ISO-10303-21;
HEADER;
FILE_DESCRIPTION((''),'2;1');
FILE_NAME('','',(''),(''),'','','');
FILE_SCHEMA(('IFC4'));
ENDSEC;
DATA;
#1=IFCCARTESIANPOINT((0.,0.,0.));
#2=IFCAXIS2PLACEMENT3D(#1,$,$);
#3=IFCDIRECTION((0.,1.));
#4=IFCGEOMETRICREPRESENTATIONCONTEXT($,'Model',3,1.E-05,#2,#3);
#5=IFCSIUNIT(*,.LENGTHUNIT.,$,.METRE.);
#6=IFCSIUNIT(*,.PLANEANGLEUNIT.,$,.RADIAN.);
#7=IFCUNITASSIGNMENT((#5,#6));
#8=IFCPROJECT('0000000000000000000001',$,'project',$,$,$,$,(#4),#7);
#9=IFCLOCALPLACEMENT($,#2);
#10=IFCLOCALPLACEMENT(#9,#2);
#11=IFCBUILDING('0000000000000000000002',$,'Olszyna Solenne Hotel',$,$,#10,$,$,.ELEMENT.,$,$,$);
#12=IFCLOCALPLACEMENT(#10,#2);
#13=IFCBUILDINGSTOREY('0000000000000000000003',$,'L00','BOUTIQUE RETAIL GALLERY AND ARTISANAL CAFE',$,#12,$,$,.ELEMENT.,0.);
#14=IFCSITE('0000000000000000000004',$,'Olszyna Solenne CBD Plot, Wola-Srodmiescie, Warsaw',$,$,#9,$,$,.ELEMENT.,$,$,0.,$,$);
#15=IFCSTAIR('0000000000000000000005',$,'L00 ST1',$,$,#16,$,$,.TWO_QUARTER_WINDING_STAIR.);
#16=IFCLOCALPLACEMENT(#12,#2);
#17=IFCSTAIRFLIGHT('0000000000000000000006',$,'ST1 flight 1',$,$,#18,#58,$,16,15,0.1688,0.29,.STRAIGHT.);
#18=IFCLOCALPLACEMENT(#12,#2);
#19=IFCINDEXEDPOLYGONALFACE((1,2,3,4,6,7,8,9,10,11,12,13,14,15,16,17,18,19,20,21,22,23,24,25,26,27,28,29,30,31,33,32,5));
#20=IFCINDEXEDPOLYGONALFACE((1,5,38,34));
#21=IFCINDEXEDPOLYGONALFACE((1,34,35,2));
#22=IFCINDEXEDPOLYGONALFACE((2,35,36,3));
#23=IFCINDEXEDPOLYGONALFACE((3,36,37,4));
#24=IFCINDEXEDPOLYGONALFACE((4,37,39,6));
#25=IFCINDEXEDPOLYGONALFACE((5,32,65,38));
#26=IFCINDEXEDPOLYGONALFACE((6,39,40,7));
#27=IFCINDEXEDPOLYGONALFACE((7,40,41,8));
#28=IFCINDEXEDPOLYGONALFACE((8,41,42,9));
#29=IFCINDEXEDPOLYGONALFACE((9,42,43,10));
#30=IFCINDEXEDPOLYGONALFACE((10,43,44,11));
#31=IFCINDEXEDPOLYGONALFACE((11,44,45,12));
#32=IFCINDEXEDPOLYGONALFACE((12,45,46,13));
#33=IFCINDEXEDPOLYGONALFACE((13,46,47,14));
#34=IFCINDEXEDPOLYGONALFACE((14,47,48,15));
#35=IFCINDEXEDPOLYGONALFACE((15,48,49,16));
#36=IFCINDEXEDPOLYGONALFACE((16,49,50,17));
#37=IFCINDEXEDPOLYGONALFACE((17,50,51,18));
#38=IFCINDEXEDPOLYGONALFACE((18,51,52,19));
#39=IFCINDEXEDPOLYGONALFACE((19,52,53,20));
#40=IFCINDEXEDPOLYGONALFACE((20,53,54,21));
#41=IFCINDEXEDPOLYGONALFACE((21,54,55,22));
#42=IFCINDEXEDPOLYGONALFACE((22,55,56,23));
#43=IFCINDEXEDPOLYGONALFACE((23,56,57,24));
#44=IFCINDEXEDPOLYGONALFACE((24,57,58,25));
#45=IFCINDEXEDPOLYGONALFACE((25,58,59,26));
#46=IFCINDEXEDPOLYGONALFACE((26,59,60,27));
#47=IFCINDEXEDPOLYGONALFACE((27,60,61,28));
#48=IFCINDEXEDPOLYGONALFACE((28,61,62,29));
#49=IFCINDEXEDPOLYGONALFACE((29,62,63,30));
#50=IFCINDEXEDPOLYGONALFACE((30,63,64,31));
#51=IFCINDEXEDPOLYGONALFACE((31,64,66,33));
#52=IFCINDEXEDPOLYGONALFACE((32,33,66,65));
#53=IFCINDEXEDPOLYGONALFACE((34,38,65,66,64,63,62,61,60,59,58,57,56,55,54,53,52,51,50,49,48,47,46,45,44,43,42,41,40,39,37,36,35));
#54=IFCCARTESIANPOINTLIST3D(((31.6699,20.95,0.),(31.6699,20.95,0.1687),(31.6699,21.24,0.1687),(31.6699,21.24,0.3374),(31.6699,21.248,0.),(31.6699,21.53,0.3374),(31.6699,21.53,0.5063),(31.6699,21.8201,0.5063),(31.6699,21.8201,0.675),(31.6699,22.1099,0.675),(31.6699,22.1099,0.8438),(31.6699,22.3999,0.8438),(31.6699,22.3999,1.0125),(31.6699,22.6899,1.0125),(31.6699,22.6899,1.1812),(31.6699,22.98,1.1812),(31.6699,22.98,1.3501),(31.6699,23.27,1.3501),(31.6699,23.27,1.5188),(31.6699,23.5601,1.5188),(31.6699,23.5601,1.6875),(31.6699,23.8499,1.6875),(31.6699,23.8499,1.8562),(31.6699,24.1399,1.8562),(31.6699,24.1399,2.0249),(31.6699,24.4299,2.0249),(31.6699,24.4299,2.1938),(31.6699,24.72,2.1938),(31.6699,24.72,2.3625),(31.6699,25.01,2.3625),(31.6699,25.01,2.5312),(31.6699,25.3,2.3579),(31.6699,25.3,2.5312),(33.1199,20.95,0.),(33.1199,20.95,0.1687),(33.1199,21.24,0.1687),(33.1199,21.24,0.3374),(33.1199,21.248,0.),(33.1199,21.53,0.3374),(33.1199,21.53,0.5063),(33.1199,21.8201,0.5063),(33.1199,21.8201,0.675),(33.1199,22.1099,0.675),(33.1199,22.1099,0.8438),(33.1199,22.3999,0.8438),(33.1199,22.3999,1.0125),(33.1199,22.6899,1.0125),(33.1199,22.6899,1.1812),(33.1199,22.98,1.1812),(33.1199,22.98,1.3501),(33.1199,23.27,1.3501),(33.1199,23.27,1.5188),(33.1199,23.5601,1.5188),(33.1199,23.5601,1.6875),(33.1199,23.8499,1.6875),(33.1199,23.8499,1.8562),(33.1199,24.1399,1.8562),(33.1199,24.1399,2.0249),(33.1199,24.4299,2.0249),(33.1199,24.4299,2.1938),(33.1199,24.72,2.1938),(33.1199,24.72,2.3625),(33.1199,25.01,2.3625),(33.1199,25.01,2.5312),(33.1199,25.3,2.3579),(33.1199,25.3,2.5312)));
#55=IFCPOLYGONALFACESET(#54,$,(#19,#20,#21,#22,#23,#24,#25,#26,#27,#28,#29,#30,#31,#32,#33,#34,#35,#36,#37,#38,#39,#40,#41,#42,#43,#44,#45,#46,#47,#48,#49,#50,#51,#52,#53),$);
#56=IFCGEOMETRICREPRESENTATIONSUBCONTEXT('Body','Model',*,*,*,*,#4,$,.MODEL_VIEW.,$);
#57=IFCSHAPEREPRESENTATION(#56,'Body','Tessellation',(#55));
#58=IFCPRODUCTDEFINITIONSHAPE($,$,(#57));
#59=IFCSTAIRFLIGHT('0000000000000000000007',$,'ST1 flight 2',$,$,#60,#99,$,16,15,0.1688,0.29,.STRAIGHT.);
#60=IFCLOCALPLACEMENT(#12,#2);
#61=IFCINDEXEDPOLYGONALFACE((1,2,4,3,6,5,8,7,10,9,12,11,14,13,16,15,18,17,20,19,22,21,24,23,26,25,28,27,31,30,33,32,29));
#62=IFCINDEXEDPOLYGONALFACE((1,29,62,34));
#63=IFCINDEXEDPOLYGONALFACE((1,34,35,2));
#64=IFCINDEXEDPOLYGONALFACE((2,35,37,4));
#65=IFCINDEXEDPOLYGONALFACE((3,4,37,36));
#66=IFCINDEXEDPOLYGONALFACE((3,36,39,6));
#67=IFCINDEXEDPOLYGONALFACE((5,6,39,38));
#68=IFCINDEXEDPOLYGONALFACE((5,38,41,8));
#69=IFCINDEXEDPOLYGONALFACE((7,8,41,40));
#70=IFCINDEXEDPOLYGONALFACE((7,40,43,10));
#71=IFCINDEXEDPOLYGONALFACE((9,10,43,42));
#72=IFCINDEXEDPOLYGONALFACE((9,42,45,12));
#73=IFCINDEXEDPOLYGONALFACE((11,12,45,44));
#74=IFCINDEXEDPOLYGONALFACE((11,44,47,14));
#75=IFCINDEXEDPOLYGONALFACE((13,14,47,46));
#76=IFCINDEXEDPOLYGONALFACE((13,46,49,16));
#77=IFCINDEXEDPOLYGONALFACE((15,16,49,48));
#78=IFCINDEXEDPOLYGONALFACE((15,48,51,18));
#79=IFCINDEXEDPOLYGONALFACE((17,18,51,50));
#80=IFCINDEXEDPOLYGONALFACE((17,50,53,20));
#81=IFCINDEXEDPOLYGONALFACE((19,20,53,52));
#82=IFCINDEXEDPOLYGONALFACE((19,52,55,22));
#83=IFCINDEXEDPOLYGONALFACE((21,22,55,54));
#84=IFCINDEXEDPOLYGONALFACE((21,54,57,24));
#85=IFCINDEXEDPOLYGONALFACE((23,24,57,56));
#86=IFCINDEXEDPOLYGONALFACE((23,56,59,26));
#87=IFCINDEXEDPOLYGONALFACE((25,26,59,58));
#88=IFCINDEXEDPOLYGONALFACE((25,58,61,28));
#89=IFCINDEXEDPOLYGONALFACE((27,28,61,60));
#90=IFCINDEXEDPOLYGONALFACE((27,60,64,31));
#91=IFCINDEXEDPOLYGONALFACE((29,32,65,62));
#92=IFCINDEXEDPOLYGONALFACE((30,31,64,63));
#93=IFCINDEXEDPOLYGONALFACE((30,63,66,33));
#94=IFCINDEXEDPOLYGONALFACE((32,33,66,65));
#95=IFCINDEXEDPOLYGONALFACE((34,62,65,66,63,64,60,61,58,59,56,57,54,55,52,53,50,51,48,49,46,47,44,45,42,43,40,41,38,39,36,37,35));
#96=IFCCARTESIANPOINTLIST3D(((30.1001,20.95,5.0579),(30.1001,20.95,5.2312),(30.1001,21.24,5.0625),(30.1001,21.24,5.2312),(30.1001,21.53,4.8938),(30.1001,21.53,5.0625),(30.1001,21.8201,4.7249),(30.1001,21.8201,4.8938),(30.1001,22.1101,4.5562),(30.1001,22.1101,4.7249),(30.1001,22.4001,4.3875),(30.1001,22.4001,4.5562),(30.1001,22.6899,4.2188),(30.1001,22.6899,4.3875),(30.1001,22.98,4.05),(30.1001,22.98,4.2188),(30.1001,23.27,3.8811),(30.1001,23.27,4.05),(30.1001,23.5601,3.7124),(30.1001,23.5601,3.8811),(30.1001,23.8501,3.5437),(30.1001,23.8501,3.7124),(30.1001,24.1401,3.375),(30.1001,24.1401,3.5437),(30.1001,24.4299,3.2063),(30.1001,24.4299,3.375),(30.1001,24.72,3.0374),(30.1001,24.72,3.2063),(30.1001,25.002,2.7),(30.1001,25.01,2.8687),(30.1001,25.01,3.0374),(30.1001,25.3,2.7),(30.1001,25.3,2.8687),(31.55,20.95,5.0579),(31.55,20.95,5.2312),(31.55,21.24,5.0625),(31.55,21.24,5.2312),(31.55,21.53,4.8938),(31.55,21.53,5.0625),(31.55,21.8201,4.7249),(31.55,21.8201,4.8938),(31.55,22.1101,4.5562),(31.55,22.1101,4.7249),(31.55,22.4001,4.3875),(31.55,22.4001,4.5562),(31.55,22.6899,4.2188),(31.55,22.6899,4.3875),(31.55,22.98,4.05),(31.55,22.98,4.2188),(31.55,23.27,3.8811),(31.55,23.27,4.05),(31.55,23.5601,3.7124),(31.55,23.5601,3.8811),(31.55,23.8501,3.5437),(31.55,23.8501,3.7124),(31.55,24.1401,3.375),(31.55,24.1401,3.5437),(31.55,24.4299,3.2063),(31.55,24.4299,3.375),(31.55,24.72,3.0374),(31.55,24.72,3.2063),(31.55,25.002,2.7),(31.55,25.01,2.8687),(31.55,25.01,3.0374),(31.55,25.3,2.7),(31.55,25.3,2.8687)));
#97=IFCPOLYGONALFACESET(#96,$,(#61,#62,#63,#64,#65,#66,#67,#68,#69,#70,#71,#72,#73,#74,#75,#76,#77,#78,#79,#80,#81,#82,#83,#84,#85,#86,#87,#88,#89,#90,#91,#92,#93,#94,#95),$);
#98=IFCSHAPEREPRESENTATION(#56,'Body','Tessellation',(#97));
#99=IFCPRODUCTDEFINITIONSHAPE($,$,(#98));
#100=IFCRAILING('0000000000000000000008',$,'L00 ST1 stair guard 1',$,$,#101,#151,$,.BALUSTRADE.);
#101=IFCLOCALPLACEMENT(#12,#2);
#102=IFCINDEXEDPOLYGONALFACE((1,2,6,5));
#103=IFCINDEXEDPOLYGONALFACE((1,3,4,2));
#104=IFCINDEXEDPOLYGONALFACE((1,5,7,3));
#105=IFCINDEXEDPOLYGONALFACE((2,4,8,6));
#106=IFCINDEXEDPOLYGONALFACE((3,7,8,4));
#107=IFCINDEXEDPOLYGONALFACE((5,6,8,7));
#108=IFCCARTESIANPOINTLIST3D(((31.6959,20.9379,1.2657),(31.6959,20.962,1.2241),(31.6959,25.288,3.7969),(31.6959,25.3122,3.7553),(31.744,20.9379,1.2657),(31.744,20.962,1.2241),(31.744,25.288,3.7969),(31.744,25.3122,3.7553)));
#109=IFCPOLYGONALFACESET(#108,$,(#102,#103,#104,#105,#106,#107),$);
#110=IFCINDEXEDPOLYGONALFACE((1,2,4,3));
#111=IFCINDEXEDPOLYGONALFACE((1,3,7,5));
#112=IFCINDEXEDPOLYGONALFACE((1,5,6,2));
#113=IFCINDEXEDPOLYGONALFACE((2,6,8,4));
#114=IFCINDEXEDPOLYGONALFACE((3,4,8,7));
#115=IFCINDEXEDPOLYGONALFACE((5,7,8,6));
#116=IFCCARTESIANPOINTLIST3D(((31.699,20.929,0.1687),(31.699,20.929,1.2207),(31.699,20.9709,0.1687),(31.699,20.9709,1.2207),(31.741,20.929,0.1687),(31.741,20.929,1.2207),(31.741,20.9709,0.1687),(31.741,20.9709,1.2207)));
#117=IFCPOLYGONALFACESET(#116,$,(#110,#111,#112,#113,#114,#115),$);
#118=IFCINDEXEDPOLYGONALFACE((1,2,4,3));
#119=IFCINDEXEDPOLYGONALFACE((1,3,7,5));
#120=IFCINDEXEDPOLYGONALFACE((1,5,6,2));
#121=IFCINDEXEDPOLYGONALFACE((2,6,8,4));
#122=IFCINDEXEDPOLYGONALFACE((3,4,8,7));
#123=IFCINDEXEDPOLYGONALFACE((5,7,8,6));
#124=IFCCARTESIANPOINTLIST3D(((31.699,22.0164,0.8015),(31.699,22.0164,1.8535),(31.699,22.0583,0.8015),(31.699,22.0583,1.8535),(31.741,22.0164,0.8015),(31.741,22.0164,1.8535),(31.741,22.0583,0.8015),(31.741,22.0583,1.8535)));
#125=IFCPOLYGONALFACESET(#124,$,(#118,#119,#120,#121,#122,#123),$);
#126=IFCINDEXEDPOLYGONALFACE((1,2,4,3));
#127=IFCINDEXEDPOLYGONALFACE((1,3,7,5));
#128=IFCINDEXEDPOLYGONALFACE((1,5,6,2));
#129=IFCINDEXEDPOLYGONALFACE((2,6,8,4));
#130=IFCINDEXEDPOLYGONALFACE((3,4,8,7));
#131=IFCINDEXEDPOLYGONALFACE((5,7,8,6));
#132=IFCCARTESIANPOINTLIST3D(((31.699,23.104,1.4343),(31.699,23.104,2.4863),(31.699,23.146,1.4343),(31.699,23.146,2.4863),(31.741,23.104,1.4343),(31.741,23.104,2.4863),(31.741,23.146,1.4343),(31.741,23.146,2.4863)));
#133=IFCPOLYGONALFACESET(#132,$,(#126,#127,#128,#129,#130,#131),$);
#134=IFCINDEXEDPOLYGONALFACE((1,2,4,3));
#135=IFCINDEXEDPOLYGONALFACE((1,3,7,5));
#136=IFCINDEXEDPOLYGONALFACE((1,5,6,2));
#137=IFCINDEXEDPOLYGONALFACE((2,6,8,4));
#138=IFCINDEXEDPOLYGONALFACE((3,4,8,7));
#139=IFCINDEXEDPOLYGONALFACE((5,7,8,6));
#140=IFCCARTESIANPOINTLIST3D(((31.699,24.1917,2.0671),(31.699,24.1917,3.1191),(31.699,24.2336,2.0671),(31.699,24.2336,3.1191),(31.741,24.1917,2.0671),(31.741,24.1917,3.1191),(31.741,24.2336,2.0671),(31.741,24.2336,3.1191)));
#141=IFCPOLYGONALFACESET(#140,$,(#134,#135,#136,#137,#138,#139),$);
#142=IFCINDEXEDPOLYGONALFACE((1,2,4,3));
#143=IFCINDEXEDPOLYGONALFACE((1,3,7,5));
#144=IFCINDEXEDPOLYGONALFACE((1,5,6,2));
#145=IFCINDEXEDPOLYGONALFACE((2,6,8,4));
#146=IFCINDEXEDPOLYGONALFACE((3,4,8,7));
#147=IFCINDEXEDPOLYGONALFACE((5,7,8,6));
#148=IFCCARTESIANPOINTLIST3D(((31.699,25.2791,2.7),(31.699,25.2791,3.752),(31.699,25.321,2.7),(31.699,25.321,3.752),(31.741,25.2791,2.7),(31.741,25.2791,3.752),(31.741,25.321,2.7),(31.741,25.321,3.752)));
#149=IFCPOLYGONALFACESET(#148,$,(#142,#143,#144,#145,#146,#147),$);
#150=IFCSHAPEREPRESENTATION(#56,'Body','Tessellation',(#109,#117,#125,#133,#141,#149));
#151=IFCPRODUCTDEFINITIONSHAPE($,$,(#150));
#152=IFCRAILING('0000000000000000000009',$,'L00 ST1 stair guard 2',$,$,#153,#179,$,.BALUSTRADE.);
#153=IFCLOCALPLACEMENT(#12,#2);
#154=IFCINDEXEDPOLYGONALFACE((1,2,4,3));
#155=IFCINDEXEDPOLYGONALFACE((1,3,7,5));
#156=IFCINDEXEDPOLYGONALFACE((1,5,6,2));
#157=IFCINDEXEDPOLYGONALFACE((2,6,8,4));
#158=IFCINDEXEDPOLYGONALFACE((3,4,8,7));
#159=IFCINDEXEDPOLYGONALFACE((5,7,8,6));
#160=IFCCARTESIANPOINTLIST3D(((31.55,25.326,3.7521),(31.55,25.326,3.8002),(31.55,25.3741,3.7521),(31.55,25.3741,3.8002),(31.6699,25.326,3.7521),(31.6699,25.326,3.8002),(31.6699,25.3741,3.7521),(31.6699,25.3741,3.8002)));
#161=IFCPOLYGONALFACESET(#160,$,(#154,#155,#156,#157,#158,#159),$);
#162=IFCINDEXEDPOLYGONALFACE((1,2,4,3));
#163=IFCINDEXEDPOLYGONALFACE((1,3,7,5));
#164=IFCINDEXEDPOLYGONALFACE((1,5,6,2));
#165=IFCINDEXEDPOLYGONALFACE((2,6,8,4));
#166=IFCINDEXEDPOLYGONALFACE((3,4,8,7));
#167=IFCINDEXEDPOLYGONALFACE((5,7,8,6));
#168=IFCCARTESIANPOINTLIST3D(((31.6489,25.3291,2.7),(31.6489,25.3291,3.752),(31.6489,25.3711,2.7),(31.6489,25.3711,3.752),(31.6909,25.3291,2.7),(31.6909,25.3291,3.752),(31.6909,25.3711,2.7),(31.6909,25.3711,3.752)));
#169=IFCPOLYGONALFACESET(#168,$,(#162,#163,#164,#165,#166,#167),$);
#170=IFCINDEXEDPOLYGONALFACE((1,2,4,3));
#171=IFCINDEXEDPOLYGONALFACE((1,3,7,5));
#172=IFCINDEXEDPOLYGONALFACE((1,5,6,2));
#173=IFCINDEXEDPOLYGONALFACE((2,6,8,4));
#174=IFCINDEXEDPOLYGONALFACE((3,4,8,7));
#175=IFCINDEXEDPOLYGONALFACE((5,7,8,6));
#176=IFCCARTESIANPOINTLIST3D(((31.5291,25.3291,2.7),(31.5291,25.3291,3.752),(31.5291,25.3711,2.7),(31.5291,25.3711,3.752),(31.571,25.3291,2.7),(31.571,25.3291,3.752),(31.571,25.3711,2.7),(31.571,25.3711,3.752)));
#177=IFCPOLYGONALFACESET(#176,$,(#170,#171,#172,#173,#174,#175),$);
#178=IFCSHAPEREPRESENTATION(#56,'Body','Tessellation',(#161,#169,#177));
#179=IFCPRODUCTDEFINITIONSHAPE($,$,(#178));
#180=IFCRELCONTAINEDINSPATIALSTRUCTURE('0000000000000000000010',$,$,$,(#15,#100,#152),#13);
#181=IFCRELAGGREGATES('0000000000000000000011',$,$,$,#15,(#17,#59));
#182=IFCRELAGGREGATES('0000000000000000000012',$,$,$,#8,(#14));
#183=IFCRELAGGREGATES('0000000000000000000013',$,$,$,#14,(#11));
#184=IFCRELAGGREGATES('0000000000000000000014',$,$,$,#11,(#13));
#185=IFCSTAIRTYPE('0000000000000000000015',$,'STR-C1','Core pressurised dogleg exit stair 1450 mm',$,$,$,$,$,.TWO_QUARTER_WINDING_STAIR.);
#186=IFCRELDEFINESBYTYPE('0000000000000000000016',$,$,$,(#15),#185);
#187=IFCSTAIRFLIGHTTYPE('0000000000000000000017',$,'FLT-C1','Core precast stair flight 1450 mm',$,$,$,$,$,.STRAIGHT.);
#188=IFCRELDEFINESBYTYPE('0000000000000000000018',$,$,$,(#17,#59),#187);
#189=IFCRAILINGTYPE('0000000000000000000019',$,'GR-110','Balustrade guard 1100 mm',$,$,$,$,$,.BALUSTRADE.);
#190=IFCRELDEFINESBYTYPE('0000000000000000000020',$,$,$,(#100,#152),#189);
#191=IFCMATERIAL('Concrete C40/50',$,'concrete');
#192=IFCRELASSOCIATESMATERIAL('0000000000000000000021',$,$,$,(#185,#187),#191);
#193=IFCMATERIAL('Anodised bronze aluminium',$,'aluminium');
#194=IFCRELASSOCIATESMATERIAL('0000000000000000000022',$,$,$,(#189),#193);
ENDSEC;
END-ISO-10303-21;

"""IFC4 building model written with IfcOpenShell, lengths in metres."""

from ifc_helpers import new_model, si_unit, direction, frame, origin, origin_2d, place, context, subcontext, project, spatial, polyline, rectangle, outline, extrude, material, type_object, element, aggregate, save


model = new_model("IFC4")

# Units and contexts
model_context = context("Model", 3, precision=1e-05, world=origin(), true_north=direction((0.0, 1.0)))
body_context = subcontext(model_context, "Body", "Model", "MODEL_VIEW")
ifc_project = project(units=[si_unit("LENGTHUNIT", "METRE"), si_unit("PLANEANGLEUNIT", "RADIAN")], contexts=[model_context])

# Site, building, storey
site_placement = place(None, origin())
site = spatial("IfcSite", under=ifc_project, at=site_placement, Name="Olszyna Solenne CBD Plot, Wola-Srodmiescie, Warsaw", CompositionType="ELEMENT", RefElevation=0.0)
building_placement = place(site_placement, origin())
building = spatial("IfcBuilding", under=site, at=building_placement, Name="Olszyna Solenne Hotel", CompositionType="ELEMENT")
storey_placement = place(building_placement, origin())
storey = spatial("IfcBuildingStorey", under=building, at=storey_placement, Name="L00", Description="BOUTIQUE RETAIL GALLERY AND ARTISANAL CAFE", CompositionType="ELEMENT", Elevation=0.0)

# Stair, stair flights
ifc_material_1 = material(Name="Concrete C40/50", Category="concrete")
stair_type = type_object("IfcStairType", Name="STR-C1", Description="Core pressurised dogleg exit stair 1450 mm", PredefinedType="TWO_QUARTER_WINDING_STAIR", material=ifc_material_1)
stair_placement = place(storey_placement, origin())
stair = element("IfcStair", 1, at=stair_placement, inside=storey, type_object=stair_type, Name="L00 ST1", PredefinedType="TWO_QUARTER_WINDING_STAIR")
stair_flight_type = type_object("IfcStairFlightType", Name="FLT-C1", Description="Core precast stair flight 1450 mm", PredefinedType="STRAIGHT", material=ifc_material_1)
stair_flight_1_placement = place(storey_placement, frame((32.395, 20.95, 0.0), z_axis=(0.0, 0.0, 1.0), x_axis=(0.0, 1.0, 0.0)))
stair_flight_1 = element("IfcStairFlight", 2, at=stair_flight_1_placement, type_object=stair_flight_type, Name="ST1 flight 1", NumberOfRisers=16, NumberOfTreads=15, PredefinedType="STRAIGHT", RiserHeight=0.1688, TreadLength=0.29, context=body_context, shape_type="SweptSolid", body=[
    extrude(outline(polyline([(0.0, 0.0), (0.0, 0.1687), (0.29, 0.1687), (0.29, 0.3374), (0.5801, 0.3374), (0.5801, 0.5063), (0.8701, 0.5063), (0.8701, 0.675), (1.1599, 0.675), (1.1599, 0.8438), (1.45, 0.8438), (1.45, 1.0125), (1.74, 1.0125), (1.74, 1.1812), (2.03, 1.1812), (2.03, 1.3501), (2.3201, 1.3501), (2.3201, 1.5188), (2.6101, 1.5188), (2.6101, 1.6875), (2.8999, 1.6875), (2.8999, 1.8562), (3.1899, 1.8562), (3.1899, 2.0249), (3.48, 2.0249), (3.48, 2.1938), (3.77, 2.1938), (3.77, 2.3625), (4.0601, 2.3625), (4.0601, 2.5312), (4.3501, 2.5312), (4.3501, 2.7), (4.3501, 2.3579), (0.2981, 0.0), (0.0, 0.0)])), frame((0.0, 0.7251, 0.0), z_axis=(0.0, -1.0, 0.0), x_axis=(1.0, 0.0, 0.0)), (0.0, 0.0, 1.0), 1.45),
])
stair_flight_2_placement = place(storey_placement, frame((30.825, 25.3, 2.7), z_axis=(0.0, 0.0, 1.0), x_axis=(0.0, -1.0, 0.0)))
stair_flight_2 = element("IfcStairFlight", 3, at=stair_flight_2_placement, type_object=stair_flight_type, Name="ST1 flight 2", NumberOfRisers=16, NumberOfTreads=15, PredefinedType="STRAIGHT", RiserHeight=0.1688, TreadLength=0.29, context=body_context, shape_type="SweptSolid", body=[
    extrude(outline(polyline([(0.0, 0.0), (0.0, 0.1687), (0.29, 0.1687), (0.29, 0.3374), (0.5801, 0.3374), (0.5801, 0.5063), (0.8701, 0.5063), (0.8701, 0.675), (1.1599, 0.675), (1.1599, 0.8438), (1.45, 0.8438), (1.45, 1.0125), (1.74, 1.0125), (1.74, 1.1812), (2.03, 1.1812), (2.03, 1.3501), (2.3201, 1.3501), (2.3201, 1.5188), (2.6101, 1.5188), (2.6101, 1.6875), (2.8999, 1.6875), (2.8999, 1.8562), (3.1899, 1.8562), (3.1899, 2.0249), (3.48, 2.0249), (3.48, 2.1938), (3.77, 2.1938), (3.77, 2.3625), (4.0601, 2.3625), (4.0601, 2.5312), (4.3501, 2.5312), (4.3501, 2.7), (4.3501, 2.3579), (0.2981, 0.0), (0.0, 0.0)])), frame((0.0, 0.7251, 0.0), z_axis=(0.0, -1.0, 0.0), x_axis=(1.0, 0.0, 0.0)), (0.0, 0.0, 1.0), 1.45),
])
aggregate(stair, [stair_flight_1, stair_flight_2])

# Railings
ifc_material_2 = material(Name="Anodised bronze aluminium", Category="aluminium")
railing_type_1 = type_object("IfcRailingType", Name="GR-110", Description="Balustrade guard 1100 mm", PredefinedType="BALUSTRADE", material=ifc_material_2)
railing_1_placement = place(storey_placement, frame((31.72, 20.95, 0.1687)))
element("IfcRailing", 4, at=railing_1_placement, inside=storey, type_object=railing_type_1, Name="L00 ST1 stair guard 1", PredefinedType="BALUSTRADE", context=body_context, shape_type="SweptSolid", body=[
    extrude(rectangle(XDim=0.0481, YDim=0.0481, at=origin_2d()), frame((0.0, 0.0, 1.0762), z_axis=(0.0, 0.864324, 0.502936), x_axis=(-1.0, 0.0, 0.0)), (0.0, 0.0, 1.0), 5.033),
    extrude(rectangle(XDim=0.042, YDim=0.042, at=origin_2d()), origin(), (0.0, 0.0, 1.0), 1.052),
    extrude(rectangle(XDim=0.042, YDim=0.042, at=origin_2d()), frame((0.0, 1.0874, 0.6328)), (0.0, 0.0, 1.0), 1.052),
    extrude(rectangle(XDim=0.042, YDim=0.042, at=origin_2d()), frame((0.0, 2.175, 1.2656)), (0.0, 0.0, 1.0), 1.052),
    extrude(rectangle(XDim=0.042, YDim=0.042, at=origin_2d()), frame((0.0, 3.2627, 1.8984)), (0.0, 0.0, 1.0), 1.052),
    extrude(rectangle(XDim=0.042, YDim=0.042, at=origin_2d()), frame((0.0, 4.3501, 2.5312)), (0.0, 0.0, 1.0), 1.052),
])
railing_2_placement = place(storey_placement, frame((31.6699, 25.3501, 2.7)))
element("IfcRailing", 5, at=railing_2_placement, inside=storey, type_object=railing_type_1, Name="L00 ST1 stair guard 2", PredefinedType="BALUSTRADE", context=body_context, shape_type="SweptSolid", body=[
    extrude(rectangle(XDim=0.0481, YDim=0.0481, at=origin_2d()), frame((0.0, 0.0, 1.0762), z_axis=(-1.0, 0.0, 0.0), x_axis=(0.0, -1.0, 0.0)), (0.0, 0.0, 1.0), 0.1199),
    extrude(rectangle(XDim=0.042, YDim=0.042, at=origin_2d()), origin(), (0.0, 0.0, 1.0), 1.052),
    extrude(rectangle(XDim=0.042, YDim=0.042, at=origin_2d()), frame((-0.1199, 0.0, 0.0)), (0.0, 0.0, 1.0), 1.052),
])

save(model, "model.ifc")
